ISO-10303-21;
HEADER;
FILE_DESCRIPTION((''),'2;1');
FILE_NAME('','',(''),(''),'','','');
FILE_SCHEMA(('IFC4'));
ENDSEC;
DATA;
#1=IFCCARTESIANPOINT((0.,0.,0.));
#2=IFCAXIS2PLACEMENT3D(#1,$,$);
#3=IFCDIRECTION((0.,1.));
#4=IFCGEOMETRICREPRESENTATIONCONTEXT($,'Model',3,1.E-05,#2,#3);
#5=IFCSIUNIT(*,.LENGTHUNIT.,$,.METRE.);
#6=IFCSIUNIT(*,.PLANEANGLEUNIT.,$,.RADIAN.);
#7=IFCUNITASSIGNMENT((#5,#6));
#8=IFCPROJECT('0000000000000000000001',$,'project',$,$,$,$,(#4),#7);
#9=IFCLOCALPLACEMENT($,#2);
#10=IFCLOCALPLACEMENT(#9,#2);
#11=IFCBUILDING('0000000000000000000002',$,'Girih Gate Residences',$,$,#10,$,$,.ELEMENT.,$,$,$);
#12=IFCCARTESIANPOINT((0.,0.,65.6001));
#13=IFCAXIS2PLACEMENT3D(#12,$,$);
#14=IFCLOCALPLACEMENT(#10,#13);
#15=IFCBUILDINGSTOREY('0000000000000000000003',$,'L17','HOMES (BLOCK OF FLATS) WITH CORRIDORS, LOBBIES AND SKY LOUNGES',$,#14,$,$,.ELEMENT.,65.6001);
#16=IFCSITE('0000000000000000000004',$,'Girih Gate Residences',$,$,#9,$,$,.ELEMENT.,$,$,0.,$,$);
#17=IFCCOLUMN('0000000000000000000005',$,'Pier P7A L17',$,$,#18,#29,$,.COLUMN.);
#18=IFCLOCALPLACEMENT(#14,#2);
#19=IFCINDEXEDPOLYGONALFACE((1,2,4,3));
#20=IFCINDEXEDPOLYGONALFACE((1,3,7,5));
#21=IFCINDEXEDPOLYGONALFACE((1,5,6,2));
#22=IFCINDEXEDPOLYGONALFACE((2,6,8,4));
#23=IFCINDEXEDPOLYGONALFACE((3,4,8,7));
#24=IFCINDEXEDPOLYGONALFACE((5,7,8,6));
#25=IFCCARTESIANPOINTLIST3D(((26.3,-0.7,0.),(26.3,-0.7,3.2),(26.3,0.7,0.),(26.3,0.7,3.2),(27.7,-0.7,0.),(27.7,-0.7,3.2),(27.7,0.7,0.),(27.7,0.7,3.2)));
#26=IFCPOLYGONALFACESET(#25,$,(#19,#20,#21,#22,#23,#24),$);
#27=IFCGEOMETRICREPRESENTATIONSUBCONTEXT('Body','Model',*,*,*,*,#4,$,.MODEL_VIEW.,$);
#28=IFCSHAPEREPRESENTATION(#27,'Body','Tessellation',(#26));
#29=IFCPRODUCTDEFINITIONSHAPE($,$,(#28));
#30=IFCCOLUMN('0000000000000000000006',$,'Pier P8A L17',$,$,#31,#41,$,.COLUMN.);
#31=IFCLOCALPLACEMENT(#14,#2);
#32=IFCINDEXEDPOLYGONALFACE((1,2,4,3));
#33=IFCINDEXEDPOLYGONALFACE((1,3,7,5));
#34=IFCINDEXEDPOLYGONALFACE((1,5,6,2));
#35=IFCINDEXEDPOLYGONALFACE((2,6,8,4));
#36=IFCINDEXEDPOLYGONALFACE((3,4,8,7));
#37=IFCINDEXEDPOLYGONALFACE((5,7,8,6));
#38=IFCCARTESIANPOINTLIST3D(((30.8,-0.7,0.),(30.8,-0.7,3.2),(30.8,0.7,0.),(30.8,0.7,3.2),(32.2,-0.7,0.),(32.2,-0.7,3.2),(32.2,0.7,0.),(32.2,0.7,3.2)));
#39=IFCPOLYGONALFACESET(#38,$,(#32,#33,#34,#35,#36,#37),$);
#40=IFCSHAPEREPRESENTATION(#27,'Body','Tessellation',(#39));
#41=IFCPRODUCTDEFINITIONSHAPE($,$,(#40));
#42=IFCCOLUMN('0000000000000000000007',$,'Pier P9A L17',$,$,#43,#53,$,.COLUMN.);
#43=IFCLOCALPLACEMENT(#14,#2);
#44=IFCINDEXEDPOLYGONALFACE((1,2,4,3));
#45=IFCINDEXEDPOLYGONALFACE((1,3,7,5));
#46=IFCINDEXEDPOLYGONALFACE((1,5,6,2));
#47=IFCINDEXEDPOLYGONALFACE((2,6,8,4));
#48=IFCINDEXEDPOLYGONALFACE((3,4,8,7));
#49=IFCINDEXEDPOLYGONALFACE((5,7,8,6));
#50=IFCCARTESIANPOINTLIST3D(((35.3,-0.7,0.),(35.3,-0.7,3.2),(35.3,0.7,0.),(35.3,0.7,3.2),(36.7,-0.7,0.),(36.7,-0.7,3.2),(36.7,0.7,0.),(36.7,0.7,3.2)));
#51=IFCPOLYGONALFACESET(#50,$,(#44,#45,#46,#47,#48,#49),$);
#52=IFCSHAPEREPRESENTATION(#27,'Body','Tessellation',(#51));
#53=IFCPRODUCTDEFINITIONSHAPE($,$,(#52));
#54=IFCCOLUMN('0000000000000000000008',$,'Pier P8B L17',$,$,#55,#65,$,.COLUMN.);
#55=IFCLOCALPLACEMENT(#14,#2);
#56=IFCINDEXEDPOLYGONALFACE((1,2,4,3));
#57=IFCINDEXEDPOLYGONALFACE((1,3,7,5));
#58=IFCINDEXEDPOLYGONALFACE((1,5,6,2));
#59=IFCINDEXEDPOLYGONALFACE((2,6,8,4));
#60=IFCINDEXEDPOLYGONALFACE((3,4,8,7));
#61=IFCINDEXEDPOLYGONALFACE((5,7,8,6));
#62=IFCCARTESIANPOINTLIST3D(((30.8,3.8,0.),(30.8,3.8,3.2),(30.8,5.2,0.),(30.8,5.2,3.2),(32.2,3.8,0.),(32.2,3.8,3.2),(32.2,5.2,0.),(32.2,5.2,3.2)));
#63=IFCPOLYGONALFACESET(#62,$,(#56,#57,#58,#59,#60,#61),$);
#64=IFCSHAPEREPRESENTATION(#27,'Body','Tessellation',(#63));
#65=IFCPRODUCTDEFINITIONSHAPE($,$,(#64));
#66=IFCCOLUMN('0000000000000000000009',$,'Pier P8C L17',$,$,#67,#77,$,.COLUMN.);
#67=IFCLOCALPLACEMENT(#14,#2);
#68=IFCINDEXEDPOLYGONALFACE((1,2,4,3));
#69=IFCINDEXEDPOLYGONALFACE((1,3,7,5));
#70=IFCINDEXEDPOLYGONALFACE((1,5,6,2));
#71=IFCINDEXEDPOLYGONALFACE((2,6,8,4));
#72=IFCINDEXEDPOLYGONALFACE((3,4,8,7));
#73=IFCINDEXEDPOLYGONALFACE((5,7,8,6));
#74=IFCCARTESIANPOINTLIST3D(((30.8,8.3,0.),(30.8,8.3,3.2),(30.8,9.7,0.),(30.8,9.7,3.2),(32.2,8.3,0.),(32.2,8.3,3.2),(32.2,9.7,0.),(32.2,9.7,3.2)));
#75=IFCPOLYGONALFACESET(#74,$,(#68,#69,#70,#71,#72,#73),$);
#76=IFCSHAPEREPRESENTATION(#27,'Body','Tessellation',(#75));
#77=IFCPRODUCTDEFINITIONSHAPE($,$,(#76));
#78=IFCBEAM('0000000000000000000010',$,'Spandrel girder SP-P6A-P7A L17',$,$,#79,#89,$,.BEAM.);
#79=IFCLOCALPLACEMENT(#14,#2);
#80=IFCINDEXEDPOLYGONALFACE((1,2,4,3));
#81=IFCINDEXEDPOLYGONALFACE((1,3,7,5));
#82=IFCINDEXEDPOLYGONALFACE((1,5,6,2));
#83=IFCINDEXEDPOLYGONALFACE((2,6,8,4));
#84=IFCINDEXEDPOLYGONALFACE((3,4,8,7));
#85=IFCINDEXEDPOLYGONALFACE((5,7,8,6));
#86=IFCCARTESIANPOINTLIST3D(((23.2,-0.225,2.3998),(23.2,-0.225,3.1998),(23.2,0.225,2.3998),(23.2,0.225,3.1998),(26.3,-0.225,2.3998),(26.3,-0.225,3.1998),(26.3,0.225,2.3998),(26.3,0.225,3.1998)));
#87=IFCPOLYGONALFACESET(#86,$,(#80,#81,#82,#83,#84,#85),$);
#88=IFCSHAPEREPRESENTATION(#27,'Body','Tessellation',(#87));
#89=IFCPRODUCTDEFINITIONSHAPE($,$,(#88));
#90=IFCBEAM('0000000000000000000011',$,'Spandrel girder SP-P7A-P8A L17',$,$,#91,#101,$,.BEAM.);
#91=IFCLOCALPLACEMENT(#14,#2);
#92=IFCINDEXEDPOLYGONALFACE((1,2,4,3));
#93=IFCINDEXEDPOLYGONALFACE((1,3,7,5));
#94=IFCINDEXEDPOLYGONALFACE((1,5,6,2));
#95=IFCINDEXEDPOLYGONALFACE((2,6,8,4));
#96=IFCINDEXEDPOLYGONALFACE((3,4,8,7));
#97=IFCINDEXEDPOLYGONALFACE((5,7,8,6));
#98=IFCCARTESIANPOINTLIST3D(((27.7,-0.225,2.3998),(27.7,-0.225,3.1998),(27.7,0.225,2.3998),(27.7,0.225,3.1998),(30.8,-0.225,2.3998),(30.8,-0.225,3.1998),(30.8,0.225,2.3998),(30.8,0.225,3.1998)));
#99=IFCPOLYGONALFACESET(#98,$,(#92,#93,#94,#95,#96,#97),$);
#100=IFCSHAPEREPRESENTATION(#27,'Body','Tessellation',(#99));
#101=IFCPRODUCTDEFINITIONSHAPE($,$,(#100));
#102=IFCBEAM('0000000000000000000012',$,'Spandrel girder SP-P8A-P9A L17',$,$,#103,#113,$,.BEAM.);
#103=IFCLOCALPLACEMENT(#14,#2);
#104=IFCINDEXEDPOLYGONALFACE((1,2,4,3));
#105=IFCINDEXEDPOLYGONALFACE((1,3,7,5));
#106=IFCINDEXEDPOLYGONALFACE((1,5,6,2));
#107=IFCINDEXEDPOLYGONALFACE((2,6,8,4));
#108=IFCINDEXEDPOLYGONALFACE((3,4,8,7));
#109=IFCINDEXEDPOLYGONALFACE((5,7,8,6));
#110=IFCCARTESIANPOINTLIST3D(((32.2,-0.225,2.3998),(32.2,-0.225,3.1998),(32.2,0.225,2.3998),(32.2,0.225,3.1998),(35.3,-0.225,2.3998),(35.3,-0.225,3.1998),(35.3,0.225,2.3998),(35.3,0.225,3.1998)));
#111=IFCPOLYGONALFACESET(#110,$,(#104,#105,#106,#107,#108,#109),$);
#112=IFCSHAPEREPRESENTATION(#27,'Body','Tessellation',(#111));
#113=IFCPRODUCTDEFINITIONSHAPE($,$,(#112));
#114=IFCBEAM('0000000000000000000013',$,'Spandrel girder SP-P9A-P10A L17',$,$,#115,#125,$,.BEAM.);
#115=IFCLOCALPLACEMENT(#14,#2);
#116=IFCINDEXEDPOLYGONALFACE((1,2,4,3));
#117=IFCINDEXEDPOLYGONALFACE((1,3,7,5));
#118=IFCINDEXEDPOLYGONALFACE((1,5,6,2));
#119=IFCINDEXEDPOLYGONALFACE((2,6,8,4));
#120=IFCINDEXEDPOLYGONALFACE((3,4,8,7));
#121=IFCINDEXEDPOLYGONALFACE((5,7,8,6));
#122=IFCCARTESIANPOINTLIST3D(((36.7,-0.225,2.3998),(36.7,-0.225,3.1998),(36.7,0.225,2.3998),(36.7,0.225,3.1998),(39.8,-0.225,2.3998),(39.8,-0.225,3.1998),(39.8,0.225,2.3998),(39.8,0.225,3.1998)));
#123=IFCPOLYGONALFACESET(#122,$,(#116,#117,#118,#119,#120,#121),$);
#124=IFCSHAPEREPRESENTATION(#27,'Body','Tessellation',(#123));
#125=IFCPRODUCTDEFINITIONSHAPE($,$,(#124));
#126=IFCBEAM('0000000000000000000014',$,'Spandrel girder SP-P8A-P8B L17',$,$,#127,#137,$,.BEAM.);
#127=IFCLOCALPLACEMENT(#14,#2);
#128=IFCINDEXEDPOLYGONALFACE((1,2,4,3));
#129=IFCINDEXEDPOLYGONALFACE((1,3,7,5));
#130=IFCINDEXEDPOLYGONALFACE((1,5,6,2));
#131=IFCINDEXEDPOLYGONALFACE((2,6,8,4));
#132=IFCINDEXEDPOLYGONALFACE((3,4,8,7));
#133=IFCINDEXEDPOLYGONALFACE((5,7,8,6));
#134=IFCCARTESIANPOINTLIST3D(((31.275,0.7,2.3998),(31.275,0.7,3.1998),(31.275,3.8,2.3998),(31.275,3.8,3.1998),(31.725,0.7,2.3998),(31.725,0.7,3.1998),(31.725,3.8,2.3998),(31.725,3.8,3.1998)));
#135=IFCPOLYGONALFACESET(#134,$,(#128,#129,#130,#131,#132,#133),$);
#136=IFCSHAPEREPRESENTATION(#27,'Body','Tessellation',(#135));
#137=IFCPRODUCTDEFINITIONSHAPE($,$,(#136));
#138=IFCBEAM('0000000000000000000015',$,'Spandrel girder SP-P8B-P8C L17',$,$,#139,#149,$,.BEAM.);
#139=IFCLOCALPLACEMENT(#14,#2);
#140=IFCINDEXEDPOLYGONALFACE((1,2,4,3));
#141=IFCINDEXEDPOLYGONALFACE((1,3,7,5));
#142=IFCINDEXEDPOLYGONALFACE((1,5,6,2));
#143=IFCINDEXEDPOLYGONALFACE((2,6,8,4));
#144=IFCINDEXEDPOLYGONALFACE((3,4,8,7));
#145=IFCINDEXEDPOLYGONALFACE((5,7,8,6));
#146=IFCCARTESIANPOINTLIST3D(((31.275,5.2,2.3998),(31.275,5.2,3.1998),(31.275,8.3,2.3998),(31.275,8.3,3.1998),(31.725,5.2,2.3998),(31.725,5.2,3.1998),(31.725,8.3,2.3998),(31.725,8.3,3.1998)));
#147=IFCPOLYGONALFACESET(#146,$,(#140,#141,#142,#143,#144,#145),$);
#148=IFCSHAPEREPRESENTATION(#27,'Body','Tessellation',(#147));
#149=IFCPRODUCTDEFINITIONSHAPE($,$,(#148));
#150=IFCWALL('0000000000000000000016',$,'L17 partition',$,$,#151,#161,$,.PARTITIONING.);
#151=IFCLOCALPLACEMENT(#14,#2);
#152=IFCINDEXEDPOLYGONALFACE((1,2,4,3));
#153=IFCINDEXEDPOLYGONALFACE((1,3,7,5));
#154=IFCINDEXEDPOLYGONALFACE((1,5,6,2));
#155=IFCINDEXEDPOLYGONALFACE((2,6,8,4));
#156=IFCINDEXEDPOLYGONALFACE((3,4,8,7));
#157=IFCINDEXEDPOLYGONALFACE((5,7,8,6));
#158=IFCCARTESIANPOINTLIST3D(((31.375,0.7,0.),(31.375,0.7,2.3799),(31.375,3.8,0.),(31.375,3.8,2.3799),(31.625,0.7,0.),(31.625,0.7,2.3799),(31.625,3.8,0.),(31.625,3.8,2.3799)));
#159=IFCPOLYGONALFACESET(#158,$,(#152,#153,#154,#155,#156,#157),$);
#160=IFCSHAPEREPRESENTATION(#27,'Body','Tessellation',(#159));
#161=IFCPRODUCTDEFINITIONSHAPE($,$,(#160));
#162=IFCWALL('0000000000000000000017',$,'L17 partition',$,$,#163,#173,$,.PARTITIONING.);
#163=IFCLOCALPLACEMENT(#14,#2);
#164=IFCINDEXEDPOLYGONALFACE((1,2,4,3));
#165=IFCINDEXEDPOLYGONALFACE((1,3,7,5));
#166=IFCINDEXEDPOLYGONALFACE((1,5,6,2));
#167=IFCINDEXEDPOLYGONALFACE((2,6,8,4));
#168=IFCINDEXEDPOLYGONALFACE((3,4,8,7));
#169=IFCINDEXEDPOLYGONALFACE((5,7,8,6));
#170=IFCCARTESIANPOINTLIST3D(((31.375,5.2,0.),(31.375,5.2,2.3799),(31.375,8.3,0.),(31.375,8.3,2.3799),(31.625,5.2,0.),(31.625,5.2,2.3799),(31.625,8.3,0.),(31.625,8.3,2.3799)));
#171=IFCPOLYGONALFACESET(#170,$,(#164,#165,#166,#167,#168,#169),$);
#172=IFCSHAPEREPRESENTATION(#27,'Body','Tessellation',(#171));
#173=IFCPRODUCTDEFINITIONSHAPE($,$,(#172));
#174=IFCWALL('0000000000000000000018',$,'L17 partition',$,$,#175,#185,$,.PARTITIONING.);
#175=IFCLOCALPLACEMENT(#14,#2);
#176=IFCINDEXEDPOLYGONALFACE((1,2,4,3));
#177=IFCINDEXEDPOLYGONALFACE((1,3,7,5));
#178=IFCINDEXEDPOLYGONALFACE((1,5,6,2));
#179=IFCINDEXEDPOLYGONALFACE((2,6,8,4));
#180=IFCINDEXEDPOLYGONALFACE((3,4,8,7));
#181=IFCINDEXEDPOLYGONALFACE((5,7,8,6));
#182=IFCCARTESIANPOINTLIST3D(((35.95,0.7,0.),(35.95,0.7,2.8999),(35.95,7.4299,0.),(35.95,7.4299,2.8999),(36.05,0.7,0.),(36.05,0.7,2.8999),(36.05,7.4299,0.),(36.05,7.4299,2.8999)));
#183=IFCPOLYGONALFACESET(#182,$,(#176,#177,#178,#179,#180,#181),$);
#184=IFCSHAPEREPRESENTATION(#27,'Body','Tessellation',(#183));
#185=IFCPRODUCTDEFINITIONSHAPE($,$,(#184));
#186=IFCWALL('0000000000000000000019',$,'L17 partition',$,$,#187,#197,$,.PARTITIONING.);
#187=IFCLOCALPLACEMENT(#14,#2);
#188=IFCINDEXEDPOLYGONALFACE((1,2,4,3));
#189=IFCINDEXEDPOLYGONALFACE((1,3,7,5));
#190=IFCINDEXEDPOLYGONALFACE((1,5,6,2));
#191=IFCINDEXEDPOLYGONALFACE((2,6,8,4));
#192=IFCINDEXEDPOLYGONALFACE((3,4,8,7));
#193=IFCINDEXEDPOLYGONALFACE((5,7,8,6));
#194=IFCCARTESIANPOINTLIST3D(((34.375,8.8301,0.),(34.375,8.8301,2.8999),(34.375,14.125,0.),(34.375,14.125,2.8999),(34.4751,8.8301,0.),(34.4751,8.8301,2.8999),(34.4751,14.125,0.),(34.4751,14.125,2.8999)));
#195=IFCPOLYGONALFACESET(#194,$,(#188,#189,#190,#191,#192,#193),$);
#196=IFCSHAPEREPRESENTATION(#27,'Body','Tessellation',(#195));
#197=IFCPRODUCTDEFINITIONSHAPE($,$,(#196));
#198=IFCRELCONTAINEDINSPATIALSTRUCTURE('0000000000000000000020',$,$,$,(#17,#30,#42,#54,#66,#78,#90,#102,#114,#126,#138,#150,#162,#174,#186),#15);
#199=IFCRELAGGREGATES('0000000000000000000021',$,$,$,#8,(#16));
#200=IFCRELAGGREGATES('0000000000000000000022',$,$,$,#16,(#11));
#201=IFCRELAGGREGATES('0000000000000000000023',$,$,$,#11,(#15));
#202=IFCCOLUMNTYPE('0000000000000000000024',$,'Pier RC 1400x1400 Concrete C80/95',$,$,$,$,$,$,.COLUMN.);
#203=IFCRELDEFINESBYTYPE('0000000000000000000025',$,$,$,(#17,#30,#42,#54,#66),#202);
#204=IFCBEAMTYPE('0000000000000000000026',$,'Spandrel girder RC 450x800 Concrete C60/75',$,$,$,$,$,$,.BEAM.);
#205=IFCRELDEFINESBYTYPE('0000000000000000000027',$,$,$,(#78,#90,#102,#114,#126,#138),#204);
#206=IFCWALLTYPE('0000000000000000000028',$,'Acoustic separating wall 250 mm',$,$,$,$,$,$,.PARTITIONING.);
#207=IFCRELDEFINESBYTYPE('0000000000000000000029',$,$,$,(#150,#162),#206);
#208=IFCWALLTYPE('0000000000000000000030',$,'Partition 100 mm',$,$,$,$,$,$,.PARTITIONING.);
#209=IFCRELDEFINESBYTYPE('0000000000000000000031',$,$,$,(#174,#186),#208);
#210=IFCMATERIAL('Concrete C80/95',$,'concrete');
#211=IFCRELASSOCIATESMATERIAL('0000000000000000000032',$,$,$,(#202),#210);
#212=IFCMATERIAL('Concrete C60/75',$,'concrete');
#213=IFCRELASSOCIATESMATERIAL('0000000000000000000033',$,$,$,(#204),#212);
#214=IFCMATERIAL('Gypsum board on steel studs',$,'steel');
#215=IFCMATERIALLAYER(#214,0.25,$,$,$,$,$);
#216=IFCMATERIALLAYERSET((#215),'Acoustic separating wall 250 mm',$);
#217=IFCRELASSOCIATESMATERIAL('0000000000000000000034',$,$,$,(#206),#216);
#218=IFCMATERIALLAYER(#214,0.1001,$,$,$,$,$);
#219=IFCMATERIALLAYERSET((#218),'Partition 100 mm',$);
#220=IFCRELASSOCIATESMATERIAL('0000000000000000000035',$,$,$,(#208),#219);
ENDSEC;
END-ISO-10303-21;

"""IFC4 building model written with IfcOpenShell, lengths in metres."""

from ifc_helpers import new_model, si_unit, direction, frame, frame_2d, origin, origin_2d, place, context, subcontext, project, spatial, rectangle, extrude, material, layer, layer_set, material_profile, profile_set, type_object, element, save


model = new_model("IFC4")

# Units and contexts
model_context = context("Model", 3, precision=1e-05, world=origin(), true_north=direction((0.0, 1.0)))
body_context = subcontext(model_context, "Body", "Model", "MODEL_VIEW")
ifc_project = project(units=[si_unit("LENGTHUNIT", "METRE"), si_unit("PLANEANGLEUNIT", "RADIAN")], contexts=[model_context])

# Site, building, storey
site_placement = place(None, origin())
site = spatial("IfcSite", under=ifc_project, at=site_placement, Name="Girih Gate Residences", CompositionType="ELEMENT", RefElevation=0.0)
building_placement = place(site_placement, origin())
building = spatial("IfcBuilding", under=site, at=building_placement, Name="Girih Gate Residences", CompositionType="ELEMENT")
storey_placement = place(building_placement, frame((0.0, 0.0, 65.6001)))
storey = spatial("IfcBuildingStorey", under=building, at=storey_placement, Name="L17", Description="HOMES (BLOCK OF FLATS) WITH CORRIDORS, LOBBIES AND SKY LOUNGES", CompositionType="ELEMENT", Elevation=65.6001)

# Columns
ifc_material_1 = material(Name="Concrete C80/95", Category="concrete")
ifc_material_profile_1 = material_profile(ifc_material_1, rectangle(XDim=1.3999, YDim=1.3999, at=origin_2d()))
ifc_profile_set_1 = profile_set([ifc_material_profile_1], Name="Concrete C80/95")
column_type = type_object("IfcColumnType", Name="Pier RC 1400x1400 Concrete C80/95", PredefinedType="COLUMN", material=ifc_profile_set_1)
for number, where, z_axis, x_axis, name in (
    (1, (27.0, 0.0, 0.0), (0.0, 0.0, 1.0), (1.0, 0.0, 0.0), "Pier P7A L17"),
    (2, (31.5, 0.0, 0.0), (0.0, 0.0, 1.0), (1.0, 0.0, 0.0), "Pier P8A L17"),
    (3, (36.0, 0.0, 0.0), (0.0, 0.0, 1.0), (1.0, 0.0, 0.0), "Pier P9A L17"),
    (4, (31.5, 4.5, 0.0), (0.0, 0.0, 1.0), (1.0, 0.0, 0.0), "Pier P8B L17"),
    (5, (31.5, 9.0, 0.0), (0.0, 0.0, 1.0), (1.0, 0.0, 0.0), "Pier P8C L17"),
):
    element("IfcColumn", number, at=place(storey_placement, frame(where, z_axis=z_axis, x_axis=x_axis)), inside=storey, type_object=column_type, Name=name, PredefinedType="COLUMN", context=body_context, shape_type="SweptSolid", body=[
        extrude(rectangle(XDim=1.3999, YDim=1.3999, at=origin_2d()), origin(), (0.0, 0.0, 1.0), 3.2),
    ])

# Beams
ifc_material_2 = material(Name="Concrete C60/75", Category="concrete")
ifc_material_profile_2 = material_profile(ifc_material_2, rectangle(XDim=0.45, YDim=0.8, at=origin_2d()))
ifc_profile_set_2 = profile_set([ifc_material_profile_2], Name="Concrete C60/75")
beam_type = type_object("IfcBeamType", Name="Spandrel girder RC 450x800 Concrete C60/75", PredefinedType="BEAM", material=ifc_profile_set_2)
for number, where, z_axis, x_axis, name in (
    (6, (23.2, 0.0, 2.7998), (1.0, 0.0, 0.0), (0.0, 1.0, 0.0), "Spandrel girder SP-P6A-P7A L17"),
    (7, (27.7, 0.0, 2.7998), (1.0, 0.0, 0.0), (0.0, 1.0, 0.0), "Spandrel girder SP-P7A-P8A L17"),
    (8, (32.2, 0.0, 2.7998), (1.0, 0.0, 0.0), (0.0, 1.0, 0.0), "Spandrel girder SP-P8A-P9A L17"),
    (9, (36.7, 0.0, 2.7998), (1.0, 0.0, 0.0), (0.0, 1.0, 0.0), "Spandrel girder SP-P9A-P10A L17"),
    (10, (31.5, 0.7, 2.7998), (0.0, 1.0, 0.0), (-1.0, 0.0, 0.0), "Spandrel girder SP-P8A-P8B L17"),
    (11, (31.5, 5.2, 2.7998), (0.0, 1.0, 0.0), (-1.0, 0.0, 0.0), "Spandrel girder SP-P8B-P8C L17"),
):
    element("IfcBeam", number, at=place(storey_placement, frame(where, z_axis=z_axis, x_axis=x_axis)), inside=storey, type_object=beam_type, Name=name, PredefinedType="BEAM", context=body_context, shape_type="SweptSolid", body=[
        extrude(rectangle(XDim=0.45, YDim=0.8, at=origin_2d()), origin(), (0.0, 0.0, 1.0), 3.1001),
    ])

# Walls
ifc_material_3 = material(Name="Gypsum board on steel studs", Category="steel")
ifc_layer_1 = layer(ifc_material_3, 0.25)
ifc_layer_set_1 = layer_set([ifc_layer_1], Name="Acoustic separating wall 250 mm")
wall_type_1 = type_object("IfcWallType", Name="Acoustic separating wall 250 mm", PredefinedType="PARTITIONING", material=ifc_layer_set_1)
for number, where, z_axis, x_axis, name in (
    (12, (31.5, 0.7, 0.0), (0.0, 0.0, 1.0), (0.0, 1.0, 0.0), "L17 partition"),
    (13, (31.5, 5.2, 0.0), (0.0, 0.0, 1.0), (0.0, 1.0, 0.0), "L17 partition"),
):
    element("IfcWall", number, at=place(storey_placement, frame(where, z_axis=z_axis, x_axis=x_axis)), inside=storey, type_object=wall_type_1, Name=name, PredefinedType="PARTITIONING", context=body_context, shape_type="SweptSolid", body=[
        extrude(rectangle(XDim=3.1001, YDim=0.25, at=frame_2d((1.55, 0.0))), origin(), (0.0, 0.0, 1.0), 2.3799),
    ])
ifc_layer_2 = layer(ifc_material_3, 0.1001)
ifc_layer_set_2 = layer_set([ifc_layer_2], Name="Partition 100 mm")
wall_type_2 = type_object("IfcWallType", Name="Partition 100 mm", PredefinedType="PARTITIONING", material=ifc_layer_set_2)
wall_1_placement = place(storey_placement, frame((36.0, 0.7, 0.0), z_axis=(0.0, 0.0, 1.0), x_axis=(0.0, 1.0, 0.0)))
element("IfcWall", 14, at=wall_1_placement, inside=storey, type_object=wall_type_2, Name="L17 partition", PredefinedType="PARTITIONING", context=body_context, shape_type="SweptSolid", body=[
    extrude(rectangle(XDim=6.73, YDim=0.1001, at=frame_2d((3.365, 0.0))), origin(), (0.0, 0.0, 1.0), 2.8999),
])
wall_2_placement = place(storey_placement, frame((34.425, 8.8301, 0.0), z_axis=(0.0, 0.0, 1.0), x_axis=(0.0, 1.0, 0.0)))
element("IfcWall", 15, at=wall_2_placement, inside=storey, type_object=wall_type_2, Name="L17 partition", PredefinedType="PARTITIONING", context=body_context, shape_type="SweptSolid", body=[
    extrude(rectangle(XDim=5.2949, YDim=0.1001, at=frame_2d((2.6475, 0.0))), origin(), (0.0, 0.0, 1.0), 2.8999),
])

save(model, "model.ifc")
